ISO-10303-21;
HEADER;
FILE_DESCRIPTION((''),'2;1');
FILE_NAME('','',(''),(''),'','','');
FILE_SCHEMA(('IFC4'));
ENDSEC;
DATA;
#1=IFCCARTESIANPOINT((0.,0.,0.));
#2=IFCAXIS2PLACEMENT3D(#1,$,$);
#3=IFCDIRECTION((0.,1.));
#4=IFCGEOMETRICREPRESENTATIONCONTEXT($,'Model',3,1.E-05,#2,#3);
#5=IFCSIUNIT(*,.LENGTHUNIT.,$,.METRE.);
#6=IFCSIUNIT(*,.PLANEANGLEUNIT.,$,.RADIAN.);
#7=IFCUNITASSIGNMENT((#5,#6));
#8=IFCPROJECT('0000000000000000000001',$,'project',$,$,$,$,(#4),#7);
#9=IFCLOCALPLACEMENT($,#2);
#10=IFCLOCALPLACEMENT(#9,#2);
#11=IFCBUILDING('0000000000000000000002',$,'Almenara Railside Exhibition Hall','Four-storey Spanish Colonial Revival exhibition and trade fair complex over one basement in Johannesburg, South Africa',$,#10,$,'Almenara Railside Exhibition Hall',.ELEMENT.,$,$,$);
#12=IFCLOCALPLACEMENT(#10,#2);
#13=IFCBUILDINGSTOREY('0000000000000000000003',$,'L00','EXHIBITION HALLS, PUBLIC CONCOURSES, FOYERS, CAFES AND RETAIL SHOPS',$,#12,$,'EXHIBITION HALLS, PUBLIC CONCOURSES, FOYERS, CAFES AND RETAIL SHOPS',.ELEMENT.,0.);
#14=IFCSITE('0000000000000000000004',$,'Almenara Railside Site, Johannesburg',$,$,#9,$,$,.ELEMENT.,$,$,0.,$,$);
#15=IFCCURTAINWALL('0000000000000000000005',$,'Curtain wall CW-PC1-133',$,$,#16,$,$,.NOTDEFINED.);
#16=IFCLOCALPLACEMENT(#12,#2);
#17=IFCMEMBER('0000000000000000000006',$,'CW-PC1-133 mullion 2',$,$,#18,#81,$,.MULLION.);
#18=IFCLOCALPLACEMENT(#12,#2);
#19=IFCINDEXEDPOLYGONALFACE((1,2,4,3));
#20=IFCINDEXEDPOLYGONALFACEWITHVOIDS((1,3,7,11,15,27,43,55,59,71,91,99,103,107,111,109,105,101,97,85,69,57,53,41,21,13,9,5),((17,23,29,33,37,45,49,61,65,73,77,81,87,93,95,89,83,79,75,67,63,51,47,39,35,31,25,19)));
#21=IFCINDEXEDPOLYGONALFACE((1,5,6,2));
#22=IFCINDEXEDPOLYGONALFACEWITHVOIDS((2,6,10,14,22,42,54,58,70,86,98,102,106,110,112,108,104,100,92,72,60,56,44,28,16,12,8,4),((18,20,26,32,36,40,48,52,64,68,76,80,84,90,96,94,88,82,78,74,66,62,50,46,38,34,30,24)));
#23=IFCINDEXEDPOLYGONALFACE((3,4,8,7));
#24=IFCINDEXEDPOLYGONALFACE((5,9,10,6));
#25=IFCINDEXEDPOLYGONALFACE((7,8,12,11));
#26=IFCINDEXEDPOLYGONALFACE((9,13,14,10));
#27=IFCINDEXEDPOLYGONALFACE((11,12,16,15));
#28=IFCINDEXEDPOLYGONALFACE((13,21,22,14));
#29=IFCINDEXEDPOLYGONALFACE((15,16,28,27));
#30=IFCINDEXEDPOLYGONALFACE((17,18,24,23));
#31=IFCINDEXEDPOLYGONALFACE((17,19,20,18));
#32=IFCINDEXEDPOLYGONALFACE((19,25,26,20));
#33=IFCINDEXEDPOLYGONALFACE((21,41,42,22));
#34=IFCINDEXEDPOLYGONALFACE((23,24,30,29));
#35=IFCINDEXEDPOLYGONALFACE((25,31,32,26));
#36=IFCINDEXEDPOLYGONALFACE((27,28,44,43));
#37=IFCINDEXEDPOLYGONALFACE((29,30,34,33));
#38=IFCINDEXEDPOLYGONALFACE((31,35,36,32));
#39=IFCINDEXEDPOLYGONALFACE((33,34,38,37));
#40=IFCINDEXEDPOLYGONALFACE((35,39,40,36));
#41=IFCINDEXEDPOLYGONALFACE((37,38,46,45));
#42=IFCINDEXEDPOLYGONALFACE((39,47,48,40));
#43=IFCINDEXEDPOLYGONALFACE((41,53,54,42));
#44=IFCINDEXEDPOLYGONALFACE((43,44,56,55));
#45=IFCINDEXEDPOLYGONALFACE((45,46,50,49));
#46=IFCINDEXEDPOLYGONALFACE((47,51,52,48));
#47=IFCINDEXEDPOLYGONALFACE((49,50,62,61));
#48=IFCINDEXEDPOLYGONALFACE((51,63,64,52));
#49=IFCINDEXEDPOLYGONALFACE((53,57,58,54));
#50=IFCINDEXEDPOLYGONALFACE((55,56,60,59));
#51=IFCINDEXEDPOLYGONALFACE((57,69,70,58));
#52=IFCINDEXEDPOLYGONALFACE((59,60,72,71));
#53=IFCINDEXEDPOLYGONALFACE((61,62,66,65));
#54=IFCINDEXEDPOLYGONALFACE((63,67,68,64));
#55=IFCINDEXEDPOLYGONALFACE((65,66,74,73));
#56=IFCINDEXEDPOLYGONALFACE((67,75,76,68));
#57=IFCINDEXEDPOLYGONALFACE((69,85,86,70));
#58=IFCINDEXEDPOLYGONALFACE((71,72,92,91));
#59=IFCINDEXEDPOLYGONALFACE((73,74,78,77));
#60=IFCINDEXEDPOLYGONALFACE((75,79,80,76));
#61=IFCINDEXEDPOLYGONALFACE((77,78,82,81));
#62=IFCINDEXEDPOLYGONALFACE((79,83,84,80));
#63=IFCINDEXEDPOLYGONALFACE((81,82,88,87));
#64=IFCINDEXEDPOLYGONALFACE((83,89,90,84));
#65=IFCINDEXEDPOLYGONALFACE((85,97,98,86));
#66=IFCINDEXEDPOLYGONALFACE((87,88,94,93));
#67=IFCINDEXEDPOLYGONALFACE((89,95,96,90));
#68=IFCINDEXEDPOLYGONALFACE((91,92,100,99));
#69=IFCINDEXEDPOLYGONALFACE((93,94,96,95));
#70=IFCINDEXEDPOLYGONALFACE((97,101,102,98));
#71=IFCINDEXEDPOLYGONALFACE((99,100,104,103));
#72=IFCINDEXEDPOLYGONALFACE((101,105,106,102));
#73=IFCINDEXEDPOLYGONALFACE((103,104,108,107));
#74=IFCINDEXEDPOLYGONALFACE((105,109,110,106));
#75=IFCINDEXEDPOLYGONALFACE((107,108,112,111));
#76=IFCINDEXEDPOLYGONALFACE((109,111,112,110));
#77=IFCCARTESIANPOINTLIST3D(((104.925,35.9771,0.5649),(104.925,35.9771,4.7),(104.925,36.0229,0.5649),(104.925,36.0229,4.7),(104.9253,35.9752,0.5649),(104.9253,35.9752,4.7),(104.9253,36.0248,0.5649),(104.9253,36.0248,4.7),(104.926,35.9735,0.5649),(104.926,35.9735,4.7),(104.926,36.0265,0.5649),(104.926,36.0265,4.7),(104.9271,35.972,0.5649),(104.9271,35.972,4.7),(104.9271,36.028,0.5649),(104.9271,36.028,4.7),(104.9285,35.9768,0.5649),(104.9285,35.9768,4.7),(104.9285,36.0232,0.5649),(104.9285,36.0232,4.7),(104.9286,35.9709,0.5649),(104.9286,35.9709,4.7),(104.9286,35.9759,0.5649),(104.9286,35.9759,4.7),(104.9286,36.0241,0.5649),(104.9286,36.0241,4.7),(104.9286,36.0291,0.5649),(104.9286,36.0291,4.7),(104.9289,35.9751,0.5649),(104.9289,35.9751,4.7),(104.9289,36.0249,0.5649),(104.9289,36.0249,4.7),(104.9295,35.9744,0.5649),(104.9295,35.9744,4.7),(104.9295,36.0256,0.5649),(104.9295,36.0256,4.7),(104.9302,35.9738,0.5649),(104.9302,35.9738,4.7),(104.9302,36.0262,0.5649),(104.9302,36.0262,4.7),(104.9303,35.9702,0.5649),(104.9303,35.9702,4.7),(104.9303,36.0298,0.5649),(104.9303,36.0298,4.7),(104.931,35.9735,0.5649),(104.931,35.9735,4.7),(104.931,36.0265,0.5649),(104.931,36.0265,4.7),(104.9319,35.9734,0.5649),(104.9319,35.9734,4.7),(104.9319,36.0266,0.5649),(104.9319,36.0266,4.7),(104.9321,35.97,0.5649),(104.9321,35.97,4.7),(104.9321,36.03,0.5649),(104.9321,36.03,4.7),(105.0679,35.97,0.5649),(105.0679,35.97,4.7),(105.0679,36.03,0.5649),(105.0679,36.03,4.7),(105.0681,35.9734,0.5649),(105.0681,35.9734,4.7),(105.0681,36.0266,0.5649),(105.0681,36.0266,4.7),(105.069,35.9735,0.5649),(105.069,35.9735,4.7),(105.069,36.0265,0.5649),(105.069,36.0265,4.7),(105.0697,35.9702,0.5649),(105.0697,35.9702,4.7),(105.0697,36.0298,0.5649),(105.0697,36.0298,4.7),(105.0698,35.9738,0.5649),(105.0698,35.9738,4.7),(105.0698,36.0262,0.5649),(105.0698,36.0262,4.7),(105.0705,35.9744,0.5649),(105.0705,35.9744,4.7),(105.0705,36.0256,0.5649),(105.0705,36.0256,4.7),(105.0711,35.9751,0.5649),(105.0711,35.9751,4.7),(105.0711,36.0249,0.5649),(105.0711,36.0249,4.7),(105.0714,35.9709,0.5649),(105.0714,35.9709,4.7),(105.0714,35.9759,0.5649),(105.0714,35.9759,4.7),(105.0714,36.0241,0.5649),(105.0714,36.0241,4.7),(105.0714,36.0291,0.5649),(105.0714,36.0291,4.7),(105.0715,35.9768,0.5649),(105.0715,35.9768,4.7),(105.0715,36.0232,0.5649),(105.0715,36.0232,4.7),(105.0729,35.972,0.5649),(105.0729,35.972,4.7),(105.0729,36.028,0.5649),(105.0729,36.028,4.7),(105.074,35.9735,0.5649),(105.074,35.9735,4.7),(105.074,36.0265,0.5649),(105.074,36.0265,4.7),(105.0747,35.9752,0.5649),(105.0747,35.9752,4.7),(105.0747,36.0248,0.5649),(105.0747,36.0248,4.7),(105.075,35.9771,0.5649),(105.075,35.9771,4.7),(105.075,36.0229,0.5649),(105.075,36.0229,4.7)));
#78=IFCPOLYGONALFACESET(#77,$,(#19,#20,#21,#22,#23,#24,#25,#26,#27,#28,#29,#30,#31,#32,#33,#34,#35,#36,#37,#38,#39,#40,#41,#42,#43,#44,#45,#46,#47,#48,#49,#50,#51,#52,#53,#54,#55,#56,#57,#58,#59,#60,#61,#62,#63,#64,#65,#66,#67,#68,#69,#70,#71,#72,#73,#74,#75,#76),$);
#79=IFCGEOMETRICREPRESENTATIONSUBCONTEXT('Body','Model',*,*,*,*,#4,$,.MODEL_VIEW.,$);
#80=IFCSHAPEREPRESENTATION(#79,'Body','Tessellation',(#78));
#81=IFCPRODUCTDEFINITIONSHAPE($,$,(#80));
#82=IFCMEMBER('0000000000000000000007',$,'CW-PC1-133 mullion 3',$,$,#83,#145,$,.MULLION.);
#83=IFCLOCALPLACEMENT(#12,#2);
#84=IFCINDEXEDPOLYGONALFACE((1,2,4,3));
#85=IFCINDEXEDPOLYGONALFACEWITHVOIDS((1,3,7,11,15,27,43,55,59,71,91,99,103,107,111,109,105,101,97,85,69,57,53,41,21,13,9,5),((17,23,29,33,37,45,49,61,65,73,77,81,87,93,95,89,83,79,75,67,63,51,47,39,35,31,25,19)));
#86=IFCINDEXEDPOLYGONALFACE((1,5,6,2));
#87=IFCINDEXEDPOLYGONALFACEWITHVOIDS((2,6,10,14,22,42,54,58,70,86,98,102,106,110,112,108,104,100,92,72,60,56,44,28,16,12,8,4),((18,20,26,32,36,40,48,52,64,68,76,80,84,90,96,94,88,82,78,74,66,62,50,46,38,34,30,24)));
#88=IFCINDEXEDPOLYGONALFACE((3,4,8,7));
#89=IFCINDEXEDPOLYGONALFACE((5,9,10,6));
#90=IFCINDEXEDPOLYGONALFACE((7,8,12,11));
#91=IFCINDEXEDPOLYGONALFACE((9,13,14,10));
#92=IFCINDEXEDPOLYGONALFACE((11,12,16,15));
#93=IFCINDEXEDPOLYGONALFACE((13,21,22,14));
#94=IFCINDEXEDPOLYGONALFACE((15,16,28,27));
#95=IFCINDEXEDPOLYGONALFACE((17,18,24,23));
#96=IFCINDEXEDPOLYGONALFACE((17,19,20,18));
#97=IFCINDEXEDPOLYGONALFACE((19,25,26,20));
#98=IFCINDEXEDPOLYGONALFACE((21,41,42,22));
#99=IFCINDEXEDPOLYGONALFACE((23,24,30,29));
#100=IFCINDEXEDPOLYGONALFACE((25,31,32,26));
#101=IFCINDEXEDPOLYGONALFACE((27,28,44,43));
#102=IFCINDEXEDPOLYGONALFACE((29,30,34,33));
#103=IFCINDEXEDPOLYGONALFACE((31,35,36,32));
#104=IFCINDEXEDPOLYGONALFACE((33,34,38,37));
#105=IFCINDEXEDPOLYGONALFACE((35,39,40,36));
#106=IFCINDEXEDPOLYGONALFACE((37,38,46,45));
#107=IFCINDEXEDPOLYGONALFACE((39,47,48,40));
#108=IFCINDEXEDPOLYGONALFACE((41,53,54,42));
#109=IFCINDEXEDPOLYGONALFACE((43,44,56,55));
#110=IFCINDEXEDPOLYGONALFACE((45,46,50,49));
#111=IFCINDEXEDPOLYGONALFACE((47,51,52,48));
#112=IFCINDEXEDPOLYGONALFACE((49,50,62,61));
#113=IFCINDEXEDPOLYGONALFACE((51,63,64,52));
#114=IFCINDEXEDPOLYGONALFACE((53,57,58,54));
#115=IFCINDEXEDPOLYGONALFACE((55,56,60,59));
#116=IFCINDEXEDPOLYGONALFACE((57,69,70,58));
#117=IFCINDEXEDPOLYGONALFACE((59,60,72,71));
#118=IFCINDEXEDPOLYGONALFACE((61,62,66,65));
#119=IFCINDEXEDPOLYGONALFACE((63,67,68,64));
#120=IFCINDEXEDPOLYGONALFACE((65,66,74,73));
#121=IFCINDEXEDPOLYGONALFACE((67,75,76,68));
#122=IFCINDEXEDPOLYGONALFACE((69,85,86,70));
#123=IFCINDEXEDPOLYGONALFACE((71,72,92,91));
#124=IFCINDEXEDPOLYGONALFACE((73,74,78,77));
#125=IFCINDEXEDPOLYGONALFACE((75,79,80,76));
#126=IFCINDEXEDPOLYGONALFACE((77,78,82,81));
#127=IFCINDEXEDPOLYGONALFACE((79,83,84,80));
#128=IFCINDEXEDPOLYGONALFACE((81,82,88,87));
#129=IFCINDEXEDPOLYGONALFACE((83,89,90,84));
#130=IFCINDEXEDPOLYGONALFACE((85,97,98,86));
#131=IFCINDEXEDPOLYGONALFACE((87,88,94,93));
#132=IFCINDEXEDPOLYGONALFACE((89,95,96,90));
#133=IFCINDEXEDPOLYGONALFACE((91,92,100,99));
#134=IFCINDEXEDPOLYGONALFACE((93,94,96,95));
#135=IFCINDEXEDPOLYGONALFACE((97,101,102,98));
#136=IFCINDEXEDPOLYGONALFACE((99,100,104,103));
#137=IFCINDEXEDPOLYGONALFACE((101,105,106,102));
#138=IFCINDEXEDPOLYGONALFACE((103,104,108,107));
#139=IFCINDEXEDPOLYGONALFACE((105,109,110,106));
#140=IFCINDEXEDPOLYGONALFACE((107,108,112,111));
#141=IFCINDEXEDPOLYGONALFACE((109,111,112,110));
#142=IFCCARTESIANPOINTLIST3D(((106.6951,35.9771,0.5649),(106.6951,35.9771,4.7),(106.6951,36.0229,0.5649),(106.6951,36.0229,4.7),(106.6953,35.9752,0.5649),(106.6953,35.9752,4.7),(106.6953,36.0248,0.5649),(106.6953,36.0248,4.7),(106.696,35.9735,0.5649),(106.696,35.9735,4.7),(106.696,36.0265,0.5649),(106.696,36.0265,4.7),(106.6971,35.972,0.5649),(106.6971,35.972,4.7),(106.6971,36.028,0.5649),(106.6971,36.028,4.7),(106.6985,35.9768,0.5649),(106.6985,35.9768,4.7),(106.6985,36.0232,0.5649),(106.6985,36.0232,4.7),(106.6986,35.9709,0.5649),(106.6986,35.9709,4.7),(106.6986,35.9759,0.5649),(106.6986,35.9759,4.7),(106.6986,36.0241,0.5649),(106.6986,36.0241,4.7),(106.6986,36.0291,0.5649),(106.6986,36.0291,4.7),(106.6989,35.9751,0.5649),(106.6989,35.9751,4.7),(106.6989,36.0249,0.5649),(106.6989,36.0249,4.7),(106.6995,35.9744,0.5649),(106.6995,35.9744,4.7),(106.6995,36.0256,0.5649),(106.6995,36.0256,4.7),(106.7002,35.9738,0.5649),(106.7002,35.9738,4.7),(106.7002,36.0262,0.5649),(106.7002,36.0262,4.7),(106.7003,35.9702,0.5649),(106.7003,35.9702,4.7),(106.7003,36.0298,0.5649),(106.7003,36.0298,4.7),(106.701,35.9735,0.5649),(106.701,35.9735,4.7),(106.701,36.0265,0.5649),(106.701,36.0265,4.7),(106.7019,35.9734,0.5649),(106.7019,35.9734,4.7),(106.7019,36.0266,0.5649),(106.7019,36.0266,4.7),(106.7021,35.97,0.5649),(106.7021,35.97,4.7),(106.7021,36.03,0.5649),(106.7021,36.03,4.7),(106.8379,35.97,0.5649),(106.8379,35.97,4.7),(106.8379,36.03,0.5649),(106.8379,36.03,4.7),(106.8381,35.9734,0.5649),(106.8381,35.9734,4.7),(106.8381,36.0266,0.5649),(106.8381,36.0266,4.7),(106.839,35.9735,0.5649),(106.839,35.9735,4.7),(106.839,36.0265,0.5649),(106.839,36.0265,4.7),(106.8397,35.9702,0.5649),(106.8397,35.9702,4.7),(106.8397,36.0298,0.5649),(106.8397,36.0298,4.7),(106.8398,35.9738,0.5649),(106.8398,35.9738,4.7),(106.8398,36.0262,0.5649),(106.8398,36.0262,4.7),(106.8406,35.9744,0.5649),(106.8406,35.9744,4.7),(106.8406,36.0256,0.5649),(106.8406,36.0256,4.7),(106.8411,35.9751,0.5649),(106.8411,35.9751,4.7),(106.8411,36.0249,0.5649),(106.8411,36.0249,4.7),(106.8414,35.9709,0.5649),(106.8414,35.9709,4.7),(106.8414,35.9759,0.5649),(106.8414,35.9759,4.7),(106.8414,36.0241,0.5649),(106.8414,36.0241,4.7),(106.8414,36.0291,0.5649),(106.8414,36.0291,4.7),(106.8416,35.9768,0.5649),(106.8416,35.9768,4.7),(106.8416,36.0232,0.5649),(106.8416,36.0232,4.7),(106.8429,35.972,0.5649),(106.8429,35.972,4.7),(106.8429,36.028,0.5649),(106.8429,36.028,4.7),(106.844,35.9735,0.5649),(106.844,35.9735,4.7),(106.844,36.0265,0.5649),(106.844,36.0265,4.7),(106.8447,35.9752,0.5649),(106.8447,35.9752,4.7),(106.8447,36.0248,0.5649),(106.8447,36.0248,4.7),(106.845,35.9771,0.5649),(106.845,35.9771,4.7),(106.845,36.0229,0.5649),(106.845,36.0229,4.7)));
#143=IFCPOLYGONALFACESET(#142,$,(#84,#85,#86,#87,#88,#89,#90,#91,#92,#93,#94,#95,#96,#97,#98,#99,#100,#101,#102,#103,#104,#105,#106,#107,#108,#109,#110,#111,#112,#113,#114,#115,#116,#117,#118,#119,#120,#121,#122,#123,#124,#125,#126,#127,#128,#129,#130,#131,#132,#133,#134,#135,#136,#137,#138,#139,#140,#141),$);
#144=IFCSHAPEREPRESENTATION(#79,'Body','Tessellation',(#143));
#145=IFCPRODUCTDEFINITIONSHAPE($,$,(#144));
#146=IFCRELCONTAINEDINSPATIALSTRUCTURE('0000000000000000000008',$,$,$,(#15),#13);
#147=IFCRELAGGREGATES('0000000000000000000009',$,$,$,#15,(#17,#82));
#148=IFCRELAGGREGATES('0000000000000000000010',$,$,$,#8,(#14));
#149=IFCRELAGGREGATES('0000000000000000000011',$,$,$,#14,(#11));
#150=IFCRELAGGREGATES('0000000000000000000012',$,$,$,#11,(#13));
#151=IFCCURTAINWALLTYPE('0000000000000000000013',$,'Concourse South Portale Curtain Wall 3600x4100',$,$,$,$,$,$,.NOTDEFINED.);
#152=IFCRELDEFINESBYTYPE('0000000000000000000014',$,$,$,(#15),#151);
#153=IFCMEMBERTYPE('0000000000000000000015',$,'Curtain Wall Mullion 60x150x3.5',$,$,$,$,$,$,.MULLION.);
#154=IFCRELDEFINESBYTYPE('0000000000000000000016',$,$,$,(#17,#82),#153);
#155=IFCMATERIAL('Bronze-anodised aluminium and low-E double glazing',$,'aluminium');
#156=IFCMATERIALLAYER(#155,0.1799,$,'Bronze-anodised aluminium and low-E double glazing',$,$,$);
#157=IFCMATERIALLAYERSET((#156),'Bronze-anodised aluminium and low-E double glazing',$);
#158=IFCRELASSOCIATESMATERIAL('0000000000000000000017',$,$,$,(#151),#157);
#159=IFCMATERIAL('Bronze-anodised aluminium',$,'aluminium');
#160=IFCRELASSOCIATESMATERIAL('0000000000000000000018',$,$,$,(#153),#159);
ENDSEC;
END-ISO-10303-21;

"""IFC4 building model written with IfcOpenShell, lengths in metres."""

from ifc_helpers import new_model, si_unit, direction, frame, origin, origin_2d, place, context, subcontext, project, spatial, hollow_rectangle, extrude, material, layer, layer_set, material_profile, profile_set, type_object, element, aggregate, save


model = new_model("IFC4")

# Units and contexts
model_context = context("Model", 3, precision=1e-05, world=origin(), true_north=direction((0.0, 1.0)))
body_context = subcontext(model_context, "Body", "Model", "MODEL_VIEW")
ifc_project = project(units=[si_unit("LENGTHUNIT", "METRE"), si_unit("PLANEANGLEUNIT", "RADIAN")], contexts=[model_context])

# Site, building, storey
site_placement = place(None, origin())
site = spatial("IfcSite", under=ifc_project, at=site_placement, Name="Almenara Railside Site, Johannesburg", CompositionType="ELEMENT", RefElevation=0.0)
building_placement = place(site_placement, origin())
building = spatial("IfcBuilding", under=site, at=building_placement, Name="Almenara Railside Exhibition Hall", Description="Four-storey Spanish Colonial Revival exhibition and trade fair complex over one basement in Johannesburg, South Africa", LongName="Almenara Railside Exhibition Hall", CompositionType="ELEMENT")
storey_placement = place(building_placement, origin())
storey = spatial("IfcBuildingStorey", under=building, at=storey_placement, Name="L00", Description="EXHIBITION HALLS, PUBLIC CONCOURSES, FOYERS, CAFES AND RETAIL SHOPS", LongName="EXHIBITION HALLS, PUBLIC CONCOURSES, FOYERS, CAFES AND RETAIL SHOPS", CompositionType="ELEMENT", Elevation=0.0)

# Curtain wall, members
ifc_material_1 = material(Name="Bronze-anodised aluminium and low-E double glazing", Category="aluminium")
ifc_layer_1 = layer(ifc_material_1, 0.1799, Name="Bronze-anodised aluminium and low-E double glazing")
ifc_layer_set_1 = layer_set([ifc_layer_1], Name="Bronze-anodised aluminium and low-E double glazing")
curtain_wall_type = type_object("IfcCurtainWallType", Name="Concourse South Portale Curtain Wall 3600x4100", PredefinedType="NOTDEFINED", material=ifc_layer_set_1)
curtain_wall_placement = place(storey_placement, origin())
curtain_wall = element("IfcCurtainWall", 1, at=curtain_wall_placement, inside=storey, type_object=curtain_wall_type, Name="Curtain wall CW-PC1-133", PredefinedType="NOTDEFINED")
ifc_material_2 = material(Name="Bronze-anodised aluminium", Category="aluminium")
ifc_material_profile_1 = material_profile(ifc_material_2, hollow_rectangle(XDim=0.0601, YDim=0.1499, WallThickness=0.0034, InnerFilletRadius=0.0034, OuterFilletRadius=0.0071, at=origin_2d()), Name="ALU-MUL 60x150x3.5")
ifc_profile_set_1 = profile_set([ifc_material_profile_1], Name="Bronze-anodised aluminium")
member_type_1 = type_object("IfcMemberType", Name="Curtain Wall Mullion 60x150x3.5", PredefinedType="MULLION", material=ifc_profile_set_1)
member_1_placement = place(storey_placement, frame((105.0, 36.0, 0.5649), z_axis=(0.0, 0.0, 1.0), x_axis=(0.0, 1.0, 0.0)))
member_1 = element("IfcMember", 2, at=member_1_placement, type_object=member_type_1, Name="CW-PC1-133 mullion 2", PredefinedType="MULLION", context=body_context, shape_type="SweptSolid", body=[
    extrude(hollow_rectangle(XDim=0.0601, YDim=0.1499, WallThickness=0.0034, InnerFilletRadius=0.0034, OuterFilletRadius=0.0071, at=origin_2d()), origin(), (0.0, 0.0, 1.0), 4.135),
])
member_2_placement = place(storey_placement, frame((106.77, 36.0, 0.5649), z_axis=(0.0, 0.0, 1.0), x_axis=(0.0, 1.0, 0.0)))
member_2 = element("IfcMember", 3, at=member_2_placement, type_object=member_type_1, Name="CW-PC1-133 mullion 3", PredefinedType="MULLION", context=body_context, shape_type="SweptSolid", body=[
    extrude(hollow_rectangle(XDim=0.0601, YDim=0.1499, WallThickness=0.0034, InnerFilletRadius=0.0034, OuterFilletRadius=0.0071, at=origin_2d()), origin(), (0.0, 0.0, 1.0), 4.135),
])

aggregate(curtain_wall, [member_1, member_2])

save(model, "model.ifc")
